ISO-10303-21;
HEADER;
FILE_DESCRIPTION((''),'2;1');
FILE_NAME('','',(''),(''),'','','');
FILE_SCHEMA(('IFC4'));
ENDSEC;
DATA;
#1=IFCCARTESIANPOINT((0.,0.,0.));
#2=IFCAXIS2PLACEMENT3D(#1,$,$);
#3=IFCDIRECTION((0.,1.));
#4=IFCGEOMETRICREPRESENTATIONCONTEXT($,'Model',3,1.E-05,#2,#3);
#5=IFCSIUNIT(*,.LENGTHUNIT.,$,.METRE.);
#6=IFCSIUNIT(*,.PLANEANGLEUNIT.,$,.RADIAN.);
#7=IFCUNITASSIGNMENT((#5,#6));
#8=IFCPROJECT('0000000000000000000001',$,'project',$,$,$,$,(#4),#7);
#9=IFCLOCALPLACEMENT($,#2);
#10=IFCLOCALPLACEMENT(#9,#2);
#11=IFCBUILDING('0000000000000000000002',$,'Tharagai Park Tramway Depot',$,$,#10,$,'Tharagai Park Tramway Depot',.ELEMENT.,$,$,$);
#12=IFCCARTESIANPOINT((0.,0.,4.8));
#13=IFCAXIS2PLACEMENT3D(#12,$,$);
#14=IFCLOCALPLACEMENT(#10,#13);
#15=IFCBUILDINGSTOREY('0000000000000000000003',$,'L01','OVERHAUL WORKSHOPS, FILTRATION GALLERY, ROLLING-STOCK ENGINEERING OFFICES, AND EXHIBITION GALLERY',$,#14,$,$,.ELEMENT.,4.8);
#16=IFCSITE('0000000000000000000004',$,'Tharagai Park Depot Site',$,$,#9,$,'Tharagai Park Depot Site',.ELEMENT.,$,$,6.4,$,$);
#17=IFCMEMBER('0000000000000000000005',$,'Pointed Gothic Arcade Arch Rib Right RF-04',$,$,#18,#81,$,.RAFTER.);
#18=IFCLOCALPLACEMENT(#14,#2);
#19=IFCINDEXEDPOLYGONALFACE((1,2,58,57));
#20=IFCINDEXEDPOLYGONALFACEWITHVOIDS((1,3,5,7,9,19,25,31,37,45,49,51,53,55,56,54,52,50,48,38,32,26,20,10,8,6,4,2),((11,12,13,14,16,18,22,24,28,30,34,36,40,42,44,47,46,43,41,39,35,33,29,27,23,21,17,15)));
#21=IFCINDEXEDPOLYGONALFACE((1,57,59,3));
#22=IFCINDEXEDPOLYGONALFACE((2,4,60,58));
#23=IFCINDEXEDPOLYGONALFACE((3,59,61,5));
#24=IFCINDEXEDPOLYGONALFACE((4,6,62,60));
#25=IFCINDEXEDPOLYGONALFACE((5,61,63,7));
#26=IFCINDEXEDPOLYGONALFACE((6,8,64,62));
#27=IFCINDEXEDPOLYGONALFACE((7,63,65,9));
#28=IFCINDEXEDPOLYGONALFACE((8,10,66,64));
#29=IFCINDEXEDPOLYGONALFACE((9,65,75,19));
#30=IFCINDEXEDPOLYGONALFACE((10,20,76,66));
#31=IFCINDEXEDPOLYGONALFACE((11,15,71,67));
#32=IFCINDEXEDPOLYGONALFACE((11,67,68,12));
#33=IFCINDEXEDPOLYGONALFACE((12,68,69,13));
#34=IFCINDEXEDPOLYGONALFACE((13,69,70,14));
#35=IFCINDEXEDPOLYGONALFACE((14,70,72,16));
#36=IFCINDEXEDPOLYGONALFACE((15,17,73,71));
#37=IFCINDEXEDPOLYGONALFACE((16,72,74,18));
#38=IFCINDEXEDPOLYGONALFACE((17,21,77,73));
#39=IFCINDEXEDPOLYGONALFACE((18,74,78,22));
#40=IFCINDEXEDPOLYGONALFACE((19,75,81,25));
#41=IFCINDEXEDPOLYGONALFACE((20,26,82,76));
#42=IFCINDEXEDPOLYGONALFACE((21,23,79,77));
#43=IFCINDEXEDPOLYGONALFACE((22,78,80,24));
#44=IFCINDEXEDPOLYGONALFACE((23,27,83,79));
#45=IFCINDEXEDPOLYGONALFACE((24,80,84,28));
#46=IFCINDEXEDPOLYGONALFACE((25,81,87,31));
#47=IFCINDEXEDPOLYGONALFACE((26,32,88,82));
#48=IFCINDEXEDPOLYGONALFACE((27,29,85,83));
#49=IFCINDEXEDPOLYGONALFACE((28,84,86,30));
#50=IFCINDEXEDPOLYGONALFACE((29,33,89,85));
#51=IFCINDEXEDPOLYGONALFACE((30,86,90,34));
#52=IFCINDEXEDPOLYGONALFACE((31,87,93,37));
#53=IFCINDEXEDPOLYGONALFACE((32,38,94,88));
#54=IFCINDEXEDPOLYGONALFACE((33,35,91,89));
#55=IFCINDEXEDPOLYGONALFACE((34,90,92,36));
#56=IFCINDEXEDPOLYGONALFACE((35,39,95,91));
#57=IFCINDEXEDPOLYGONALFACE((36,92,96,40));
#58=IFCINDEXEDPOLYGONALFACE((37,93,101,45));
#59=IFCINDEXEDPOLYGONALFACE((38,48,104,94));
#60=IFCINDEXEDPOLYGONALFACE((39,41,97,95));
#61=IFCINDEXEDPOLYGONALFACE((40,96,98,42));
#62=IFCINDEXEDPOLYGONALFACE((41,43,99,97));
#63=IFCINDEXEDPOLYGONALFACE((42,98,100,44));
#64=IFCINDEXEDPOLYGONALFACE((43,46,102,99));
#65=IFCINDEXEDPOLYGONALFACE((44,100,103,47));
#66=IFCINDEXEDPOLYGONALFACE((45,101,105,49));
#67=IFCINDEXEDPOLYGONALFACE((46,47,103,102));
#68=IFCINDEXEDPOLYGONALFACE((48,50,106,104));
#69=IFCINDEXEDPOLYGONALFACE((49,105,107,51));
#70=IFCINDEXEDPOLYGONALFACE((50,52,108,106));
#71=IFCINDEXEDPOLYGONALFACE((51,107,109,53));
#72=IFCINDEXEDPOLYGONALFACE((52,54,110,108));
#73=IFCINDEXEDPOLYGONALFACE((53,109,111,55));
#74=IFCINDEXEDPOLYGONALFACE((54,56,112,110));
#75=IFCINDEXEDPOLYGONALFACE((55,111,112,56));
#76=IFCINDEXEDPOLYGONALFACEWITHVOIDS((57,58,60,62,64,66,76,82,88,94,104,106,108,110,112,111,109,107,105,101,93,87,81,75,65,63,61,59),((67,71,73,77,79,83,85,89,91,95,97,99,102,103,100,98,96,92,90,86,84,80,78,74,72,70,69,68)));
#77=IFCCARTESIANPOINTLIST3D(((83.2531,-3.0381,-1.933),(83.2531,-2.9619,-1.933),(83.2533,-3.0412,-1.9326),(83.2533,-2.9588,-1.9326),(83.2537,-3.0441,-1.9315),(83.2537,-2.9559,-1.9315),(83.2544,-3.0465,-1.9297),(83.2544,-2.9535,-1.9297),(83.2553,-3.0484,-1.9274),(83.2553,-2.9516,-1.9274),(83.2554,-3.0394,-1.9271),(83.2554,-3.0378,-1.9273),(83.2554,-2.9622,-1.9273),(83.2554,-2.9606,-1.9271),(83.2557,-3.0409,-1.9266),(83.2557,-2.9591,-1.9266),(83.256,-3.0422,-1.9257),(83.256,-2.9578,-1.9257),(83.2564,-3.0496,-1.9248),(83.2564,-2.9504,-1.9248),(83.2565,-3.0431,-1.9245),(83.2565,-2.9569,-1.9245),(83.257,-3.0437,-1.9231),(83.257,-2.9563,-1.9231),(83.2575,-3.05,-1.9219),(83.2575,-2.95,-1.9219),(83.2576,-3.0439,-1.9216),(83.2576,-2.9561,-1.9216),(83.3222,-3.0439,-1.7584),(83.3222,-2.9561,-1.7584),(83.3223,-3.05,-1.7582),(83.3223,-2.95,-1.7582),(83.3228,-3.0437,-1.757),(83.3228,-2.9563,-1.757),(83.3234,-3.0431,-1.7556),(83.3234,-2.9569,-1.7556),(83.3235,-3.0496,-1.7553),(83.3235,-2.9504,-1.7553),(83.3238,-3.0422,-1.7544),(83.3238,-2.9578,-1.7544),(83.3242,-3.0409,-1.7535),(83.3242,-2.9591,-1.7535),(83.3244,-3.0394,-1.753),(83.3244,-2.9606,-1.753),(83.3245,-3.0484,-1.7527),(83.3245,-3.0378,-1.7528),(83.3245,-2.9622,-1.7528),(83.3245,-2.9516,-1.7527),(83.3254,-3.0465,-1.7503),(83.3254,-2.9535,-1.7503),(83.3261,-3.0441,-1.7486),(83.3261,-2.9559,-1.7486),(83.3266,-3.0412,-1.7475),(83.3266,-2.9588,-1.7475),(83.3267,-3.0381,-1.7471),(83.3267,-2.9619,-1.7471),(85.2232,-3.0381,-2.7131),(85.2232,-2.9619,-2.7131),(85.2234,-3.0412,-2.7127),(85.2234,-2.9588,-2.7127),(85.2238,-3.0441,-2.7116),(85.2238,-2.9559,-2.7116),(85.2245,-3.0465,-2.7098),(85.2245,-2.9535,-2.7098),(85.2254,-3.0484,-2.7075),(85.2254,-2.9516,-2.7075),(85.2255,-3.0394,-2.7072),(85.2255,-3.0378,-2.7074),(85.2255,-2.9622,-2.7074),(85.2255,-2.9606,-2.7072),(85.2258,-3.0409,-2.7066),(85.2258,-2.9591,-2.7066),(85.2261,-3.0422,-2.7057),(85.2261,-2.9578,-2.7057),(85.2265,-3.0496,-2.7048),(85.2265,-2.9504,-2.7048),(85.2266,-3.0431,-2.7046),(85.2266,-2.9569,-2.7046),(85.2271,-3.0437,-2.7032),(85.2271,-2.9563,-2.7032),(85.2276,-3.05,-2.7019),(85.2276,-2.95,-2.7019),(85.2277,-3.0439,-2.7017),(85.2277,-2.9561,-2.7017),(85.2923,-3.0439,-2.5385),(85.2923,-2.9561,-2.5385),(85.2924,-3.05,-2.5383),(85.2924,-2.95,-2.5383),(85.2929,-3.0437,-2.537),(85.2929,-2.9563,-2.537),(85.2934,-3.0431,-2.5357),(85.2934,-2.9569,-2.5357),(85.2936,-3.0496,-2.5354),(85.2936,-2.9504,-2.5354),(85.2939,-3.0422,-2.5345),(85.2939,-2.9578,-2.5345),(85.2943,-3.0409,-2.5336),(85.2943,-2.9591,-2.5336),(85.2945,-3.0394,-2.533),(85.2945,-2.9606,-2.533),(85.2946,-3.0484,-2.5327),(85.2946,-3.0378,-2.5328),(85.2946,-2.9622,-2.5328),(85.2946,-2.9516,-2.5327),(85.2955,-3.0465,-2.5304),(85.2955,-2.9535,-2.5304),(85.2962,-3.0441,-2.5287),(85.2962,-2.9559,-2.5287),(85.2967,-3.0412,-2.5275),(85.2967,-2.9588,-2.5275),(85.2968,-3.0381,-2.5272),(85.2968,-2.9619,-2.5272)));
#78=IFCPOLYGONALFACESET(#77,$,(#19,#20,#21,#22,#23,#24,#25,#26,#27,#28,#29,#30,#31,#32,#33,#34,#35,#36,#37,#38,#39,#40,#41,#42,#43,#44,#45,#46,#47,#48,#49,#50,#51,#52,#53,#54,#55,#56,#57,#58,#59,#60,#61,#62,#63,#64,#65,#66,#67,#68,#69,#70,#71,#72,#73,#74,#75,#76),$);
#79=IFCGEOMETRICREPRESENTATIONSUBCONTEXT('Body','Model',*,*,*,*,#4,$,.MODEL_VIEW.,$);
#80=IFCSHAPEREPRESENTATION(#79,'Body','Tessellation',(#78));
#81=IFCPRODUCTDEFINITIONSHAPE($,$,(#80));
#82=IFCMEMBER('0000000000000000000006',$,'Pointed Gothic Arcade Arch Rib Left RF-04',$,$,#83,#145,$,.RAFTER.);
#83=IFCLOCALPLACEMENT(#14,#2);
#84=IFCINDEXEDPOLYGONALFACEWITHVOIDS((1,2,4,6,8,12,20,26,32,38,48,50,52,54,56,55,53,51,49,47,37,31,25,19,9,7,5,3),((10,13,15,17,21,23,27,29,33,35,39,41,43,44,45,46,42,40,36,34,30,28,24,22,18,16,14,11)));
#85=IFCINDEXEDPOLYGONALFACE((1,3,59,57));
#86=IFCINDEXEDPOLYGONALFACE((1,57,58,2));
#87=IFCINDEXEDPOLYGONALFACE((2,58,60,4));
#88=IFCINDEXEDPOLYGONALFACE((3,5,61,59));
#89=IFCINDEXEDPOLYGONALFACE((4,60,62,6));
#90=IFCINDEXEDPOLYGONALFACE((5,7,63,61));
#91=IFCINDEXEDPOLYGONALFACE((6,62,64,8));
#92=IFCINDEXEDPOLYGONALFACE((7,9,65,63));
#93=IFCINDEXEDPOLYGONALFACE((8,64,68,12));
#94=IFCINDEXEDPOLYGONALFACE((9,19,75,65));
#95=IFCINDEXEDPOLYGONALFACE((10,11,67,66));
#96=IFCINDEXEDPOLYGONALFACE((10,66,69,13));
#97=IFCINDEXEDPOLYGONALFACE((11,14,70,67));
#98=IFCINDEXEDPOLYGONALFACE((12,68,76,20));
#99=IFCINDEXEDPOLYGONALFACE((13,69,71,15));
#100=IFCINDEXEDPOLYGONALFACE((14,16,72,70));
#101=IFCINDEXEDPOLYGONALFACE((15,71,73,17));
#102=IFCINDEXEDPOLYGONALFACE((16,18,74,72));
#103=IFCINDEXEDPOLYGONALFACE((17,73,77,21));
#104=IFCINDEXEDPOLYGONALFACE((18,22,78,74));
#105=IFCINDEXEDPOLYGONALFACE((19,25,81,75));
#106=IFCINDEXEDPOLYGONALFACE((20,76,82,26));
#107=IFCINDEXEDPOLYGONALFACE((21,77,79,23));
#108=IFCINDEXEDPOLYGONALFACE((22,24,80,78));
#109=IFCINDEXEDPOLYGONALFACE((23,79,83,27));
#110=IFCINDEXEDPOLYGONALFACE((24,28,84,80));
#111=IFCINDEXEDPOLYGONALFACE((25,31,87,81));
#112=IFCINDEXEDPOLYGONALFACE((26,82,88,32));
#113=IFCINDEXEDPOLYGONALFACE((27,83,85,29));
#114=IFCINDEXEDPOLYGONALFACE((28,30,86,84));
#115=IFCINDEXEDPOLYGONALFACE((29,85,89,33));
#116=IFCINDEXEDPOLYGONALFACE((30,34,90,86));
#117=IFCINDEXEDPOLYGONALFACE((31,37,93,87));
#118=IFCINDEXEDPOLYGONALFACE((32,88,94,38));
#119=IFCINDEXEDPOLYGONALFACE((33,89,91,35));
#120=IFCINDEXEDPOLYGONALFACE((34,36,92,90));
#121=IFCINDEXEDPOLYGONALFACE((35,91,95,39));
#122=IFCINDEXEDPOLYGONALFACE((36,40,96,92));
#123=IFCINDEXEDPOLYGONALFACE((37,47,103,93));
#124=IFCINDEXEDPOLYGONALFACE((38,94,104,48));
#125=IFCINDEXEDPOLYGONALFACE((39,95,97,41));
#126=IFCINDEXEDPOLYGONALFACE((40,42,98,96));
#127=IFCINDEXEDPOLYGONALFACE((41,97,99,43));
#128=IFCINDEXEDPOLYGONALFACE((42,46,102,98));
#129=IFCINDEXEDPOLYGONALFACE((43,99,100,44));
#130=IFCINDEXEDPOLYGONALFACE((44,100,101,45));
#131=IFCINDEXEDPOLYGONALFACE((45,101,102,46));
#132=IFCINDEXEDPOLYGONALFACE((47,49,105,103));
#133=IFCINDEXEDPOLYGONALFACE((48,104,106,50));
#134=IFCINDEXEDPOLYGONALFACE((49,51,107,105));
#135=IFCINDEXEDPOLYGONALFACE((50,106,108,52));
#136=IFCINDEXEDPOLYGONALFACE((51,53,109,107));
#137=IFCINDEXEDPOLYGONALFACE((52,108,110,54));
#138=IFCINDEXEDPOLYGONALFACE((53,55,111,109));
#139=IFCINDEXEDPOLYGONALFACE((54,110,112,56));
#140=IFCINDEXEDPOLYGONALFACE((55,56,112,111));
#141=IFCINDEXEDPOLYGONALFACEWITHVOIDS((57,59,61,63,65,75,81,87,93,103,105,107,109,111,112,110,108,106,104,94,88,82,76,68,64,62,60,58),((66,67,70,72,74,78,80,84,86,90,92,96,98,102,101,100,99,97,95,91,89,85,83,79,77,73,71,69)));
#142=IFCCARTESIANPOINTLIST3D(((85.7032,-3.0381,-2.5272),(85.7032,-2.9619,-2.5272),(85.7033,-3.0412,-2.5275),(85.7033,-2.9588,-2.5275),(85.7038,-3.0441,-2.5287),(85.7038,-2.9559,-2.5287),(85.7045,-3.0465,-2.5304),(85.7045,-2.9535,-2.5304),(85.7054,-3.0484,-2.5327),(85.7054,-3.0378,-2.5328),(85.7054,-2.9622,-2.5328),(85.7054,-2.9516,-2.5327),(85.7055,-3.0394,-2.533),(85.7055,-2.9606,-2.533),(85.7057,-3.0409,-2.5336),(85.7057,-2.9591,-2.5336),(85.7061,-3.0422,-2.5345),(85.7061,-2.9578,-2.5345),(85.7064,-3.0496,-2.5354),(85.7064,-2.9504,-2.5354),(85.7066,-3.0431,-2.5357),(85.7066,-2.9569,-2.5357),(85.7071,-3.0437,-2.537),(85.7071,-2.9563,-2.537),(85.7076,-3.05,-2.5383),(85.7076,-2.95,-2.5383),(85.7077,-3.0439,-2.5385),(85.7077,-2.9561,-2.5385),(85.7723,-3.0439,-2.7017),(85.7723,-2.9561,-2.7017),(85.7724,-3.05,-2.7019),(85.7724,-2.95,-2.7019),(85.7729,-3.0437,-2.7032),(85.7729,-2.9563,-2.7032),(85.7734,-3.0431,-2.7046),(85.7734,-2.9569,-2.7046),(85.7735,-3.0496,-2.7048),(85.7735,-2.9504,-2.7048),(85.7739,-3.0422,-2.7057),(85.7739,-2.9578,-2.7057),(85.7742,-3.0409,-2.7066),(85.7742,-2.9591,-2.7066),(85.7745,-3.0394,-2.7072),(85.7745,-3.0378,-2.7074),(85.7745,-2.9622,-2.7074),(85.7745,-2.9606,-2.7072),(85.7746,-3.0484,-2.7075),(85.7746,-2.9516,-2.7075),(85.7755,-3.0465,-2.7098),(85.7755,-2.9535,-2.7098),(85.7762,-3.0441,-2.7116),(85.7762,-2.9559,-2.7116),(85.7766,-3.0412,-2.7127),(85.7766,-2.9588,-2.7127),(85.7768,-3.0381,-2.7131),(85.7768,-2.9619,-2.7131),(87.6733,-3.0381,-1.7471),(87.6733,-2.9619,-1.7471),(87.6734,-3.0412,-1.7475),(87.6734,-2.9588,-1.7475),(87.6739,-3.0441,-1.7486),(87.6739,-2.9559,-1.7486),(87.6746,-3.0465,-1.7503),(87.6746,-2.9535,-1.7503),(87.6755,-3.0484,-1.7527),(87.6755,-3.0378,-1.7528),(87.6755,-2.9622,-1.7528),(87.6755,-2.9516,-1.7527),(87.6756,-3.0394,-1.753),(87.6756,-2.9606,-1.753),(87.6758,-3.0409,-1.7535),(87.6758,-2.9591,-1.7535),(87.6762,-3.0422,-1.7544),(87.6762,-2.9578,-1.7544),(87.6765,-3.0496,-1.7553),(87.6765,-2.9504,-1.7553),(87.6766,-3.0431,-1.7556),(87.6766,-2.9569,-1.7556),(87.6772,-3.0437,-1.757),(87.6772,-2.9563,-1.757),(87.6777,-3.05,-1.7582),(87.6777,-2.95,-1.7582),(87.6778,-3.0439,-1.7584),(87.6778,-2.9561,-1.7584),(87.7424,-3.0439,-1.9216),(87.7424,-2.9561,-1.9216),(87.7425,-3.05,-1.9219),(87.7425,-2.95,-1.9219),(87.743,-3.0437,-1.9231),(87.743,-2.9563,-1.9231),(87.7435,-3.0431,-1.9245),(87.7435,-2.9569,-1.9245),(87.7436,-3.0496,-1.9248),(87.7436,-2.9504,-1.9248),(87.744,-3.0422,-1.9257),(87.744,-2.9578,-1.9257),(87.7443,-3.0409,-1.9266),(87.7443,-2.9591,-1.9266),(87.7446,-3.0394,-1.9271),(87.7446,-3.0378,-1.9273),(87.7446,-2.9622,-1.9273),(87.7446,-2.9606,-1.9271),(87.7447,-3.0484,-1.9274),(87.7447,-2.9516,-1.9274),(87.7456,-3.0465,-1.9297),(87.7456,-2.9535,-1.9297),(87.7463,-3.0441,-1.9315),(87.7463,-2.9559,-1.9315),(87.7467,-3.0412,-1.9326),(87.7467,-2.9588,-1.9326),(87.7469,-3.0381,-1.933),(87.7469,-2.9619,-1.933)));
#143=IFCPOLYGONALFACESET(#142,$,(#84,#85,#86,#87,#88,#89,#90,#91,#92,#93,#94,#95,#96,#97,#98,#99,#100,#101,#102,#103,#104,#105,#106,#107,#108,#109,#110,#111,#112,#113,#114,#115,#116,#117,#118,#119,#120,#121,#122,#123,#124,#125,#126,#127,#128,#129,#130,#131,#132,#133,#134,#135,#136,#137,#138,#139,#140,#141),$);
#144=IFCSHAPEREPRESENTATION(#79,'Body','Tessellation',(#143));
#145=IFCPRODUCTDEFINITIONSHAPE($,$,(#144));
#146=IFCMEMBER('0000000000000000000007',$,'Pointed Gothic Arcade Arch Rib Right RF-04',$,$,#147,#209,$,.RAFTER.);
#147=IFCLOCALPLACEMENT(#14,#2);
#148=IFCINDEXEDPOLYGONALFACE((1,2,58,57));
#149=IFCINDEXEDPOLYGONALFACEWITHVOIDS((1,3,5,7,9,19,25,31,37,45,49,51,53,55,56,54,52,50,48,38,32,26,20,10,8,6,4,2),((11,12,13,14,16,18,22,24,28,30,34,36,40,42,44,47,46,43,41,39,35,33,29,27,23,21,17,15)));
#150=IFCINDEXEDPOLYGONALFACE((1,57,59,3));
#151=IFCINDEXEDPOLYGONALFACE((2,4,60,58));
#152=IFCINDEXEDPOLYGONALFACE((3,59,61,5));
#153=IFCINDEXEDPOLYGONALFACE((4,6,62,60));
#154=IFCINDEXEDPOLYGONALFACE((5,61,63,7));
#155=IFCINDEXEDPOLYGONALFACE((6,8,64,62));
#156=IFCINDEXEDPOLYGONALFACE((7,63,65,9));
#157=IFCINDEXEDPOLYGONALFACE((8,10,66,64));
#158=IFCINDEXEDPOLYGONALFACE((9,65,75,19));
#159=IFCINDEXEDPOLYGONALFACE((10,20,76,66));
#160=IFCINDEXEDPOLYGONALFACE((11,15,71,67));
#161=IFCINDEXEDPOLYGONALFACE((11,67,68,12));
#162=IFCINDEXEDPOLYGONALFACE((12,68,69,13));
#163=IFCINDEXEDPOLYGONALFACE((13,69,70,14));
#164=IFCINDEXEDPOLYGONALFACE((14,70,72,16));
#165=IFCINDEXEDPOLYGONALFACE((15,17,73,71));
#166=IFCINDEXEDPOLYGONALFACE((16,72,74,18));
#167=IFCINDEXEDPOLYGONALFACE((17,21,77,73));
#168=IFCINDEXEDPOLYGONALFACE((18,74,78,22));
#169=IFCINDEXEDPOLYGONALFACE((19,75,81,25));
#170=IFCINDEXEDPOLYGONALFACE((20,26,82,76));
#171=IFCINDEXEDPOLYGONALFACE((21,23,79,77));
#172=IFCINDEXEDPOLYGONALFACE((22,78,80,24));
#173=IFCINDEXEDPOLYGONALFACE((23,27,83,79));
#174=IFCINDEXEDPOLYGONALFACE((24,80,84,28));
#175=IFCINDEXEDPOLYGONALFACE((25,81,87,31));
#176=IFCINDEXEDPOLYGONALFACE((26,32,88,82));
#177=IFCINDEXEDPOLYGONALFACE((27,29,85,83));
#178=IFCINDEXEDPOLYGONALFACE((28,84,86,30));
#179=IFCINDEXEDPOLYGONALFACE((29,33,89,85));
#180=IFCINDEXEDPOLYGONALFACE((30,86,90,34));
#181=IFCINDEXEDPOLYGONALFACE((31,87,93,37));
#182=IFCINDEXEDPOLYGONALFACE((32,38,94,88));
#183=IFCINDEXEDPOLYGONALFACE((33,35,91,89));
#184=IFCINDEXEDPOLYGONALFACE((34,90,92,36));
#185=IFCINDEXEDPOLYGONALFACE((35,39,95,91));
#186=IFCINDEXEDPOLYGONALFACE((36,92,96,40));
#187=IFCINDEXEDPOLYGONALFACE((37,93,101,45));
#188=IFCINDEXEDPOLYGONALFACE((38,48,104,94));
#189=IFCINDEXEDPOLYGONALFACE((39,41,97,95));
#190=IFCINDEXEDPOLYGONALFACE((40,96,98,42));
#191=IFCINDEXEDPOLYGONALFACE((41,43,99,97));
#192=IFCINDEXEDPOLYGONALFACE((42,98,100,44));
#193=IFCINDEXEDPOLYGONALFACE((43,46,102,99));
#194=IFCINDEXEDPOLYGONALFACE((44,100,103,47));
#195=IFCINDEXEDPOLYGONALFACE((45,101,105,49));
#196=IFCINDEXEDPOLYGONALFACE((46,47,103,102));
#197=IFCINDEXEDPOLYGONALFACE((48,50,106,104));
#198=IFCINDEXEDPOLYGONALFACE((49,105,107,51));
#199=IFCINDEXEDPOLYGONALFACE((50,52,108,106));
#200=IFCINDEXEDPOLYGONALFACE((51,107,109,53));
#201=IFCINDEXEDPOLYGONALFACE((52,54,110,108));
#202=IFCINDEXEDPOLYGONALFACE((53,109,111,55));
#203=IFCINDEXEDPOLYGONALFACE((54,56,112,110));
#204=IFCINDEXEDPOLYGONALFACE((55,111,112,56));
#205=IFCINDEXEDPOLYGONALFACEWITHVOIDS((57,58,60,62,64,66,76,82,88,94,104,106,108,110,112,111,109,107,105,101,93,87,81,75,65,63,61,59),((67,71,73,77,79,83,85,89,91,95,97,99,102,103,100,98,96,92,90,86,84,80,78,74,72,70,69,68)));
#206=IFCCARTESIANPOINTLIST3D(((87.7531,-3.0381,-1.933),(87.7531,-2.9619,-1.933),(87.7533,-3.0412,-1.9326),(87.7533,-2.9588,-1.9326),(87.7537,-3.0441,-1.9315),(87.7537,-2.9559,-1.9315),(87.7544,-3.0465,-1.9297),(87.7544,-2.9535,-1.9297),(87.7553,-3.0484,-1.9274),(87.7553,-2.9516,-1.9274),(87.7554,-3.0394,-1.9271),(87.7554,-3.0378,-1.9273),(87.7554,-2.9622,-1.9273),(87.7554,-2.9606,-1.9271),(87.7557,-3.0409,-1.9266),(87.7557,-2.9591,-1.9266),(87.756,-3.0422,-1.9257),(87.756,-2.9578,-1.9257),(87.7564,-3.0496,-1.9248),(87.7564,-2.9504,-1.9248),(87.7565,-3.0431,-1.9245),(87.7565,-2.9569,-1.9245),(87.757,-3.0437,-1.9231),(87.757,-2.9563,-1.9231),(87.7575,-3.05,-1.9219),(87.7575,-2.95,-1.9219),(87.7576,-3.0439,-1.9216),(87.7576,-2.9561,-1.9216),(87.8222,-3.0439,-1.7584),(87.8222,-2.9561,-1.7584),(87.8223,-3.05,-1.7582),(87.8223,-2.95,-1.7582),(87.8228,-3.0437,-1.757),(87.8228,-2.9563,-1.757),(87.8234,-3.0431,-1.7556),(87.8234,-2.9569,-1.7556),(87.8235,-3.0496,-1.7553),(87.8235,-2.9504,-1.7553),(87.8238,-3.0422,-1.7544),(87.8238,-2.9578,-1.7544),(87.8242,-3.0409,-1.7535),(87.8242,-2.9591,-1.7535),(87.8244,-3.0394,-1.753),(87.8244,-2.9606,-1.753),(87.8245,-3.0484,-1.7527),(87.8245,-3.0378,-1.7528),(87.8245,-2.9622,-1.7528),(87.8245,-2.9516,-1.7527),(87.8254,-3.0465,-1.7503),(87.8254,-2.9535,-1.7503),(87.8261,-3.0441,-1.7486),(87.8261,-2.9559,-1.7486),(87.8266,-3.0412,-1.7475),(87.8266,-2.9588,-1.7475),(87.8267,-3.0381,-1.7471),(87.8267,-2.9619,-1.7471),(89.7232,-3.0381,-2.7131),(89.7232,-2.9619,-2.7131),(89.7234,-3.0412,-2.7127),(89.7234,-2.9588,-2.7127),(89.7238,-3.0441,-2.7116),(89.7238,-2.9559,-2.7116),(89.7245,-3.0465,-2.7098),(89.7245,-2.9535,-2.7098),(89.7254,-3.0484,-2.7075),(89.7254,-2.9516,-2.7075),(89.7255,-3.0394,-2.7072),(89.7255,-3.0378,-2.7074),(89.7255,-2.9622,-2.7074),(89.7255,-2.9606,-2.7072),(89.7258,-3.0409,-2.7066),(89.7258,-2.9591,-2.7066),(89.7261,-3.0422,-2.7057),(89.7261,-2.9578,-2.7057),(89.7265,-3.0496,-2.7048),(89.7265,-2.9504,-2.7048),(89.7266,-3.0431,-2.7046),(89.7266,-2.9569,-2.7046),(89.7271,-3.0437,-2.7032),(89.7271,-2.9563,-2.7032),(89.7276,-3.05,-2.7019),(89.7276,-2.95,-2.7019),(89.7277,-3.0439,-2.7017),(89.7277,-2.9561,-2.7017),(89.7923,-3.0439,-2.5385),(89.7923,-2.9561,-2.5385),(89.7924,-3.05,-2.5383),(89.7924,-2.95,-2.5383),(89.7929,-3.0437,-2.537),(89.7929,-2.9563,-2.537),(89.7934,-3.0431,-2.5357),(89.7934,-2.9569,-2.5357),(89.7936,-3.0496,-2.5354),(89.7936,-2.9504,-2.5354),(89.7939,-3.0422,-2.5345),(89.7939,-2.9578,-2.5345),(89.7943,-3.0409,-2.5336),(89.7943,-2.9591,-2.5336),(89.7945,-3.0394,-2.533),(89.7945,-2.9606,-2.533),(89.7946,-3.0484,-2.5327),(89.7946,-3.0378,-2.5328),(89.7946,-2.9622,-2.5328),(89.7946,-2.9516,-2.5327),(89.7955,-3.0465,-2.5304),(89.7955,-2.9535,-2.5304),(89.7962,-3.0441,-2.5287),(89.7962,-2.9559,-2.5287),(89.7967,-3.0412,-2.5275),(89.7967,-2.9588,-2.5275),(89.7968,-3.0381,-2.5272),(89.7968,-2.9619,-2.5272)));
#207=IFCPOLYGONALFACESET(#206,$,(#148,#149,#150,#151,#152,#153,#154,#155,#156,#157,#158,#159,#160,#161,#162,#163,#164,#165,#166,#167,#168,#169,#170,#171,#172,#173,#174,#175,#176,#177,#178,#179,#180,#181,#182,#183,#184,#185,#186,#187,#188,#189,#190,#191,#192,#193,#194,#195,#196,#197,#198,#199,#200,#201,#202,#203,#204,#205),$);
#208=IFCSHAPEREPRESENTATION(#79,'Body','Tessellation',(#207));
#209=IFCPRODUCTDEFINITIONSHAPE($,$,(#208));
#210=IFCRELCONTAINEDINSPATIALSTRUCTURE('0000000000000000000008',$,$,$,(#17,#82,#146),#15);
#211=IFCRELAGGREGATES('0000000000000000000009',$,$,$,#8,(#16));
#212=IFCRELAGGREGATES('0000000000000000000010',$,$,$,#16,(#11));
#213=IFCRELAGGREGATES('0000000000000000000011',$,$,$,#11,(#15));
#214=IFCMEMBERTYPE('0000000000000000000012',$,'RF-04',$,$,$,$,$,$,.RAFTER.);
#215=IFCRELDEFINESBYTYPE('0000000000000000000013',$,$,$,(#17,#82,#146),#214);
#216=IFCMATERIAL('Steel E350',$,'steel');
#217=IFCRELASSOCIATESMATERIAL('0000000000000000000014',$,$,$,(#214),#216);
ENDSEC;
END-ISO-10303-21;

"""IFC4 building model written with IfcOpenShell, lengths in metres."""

from ifc_helpers import new_model, si_unit, direction, frame, origin, origin_2d, place, context, subcontext, project, spatial, hollow_rectangle, extrude, material, material_profile, profile_set, type_object, element, save


model = new_model("IFC4")

# Units and contexts
model_context = context("Model", 3, precision=1e-05, world=origin(), true_north=direction((0.0, 1.0)))
body_context = subcontext(model_context, "Body", "Model", "MODEL_VIEW")
ifc_project = project(units=[si_unit("LENGTHUNIT", "METRE"), si_unit("PLANEANGLEUNIT", "RADIAN")], contexts=[model_context])

# Site, building, storey
site_placement = place(None, origin())
site = spatial("IfcSite", under=ifc_project, at=site_placement, Name="Tharagai Park Depot Site", LongName="Tharagai Park Depot Site", CompositionType="ELEMENT", RefElevation=6.4)
building_placement = place(site_placement, origin())
building = spatial("IfcBuilding", under=site, at=building_placement, Name="Tharagai Park Tramway Depot", LongName="Tharagai Park Tramway Depot", CompositionType="ELEMENT")
storey_placement = place(building_placement, frame((0.0, 0.0, 4.8)))
storey = spatial("IfcBuildingStorey", under=building, at=storey_placement, Name="L01", Description="OVERHAUL WORKSHOPS, FILTRATION GALLERY, ROLLING-STOCK ENGINEERING OFFICES, AND EXHIBITION GALLERY", CompositionType="ELEMENT", Elevation=4.8)

# Members
ifc_material_1 = material(Name="Steel E350", Category="steel")
ifc_material_profile_1 = material_profile(ifc_material_1, hollow_rectangle(XDim=0.1001, YDim=0.2, WallThickness=0.0061, InnerFilletRadius=0.0061, OuterFilletRadius=0.012, at=origin_2d()), Name="RHS 200x100x6")
ifc_profile_set_1 = profile_set([ifc_material_profile_1], Name="Steel E350")
member_type_1 = type_object("IfcMemberType", Name="RF-04", PredefinedType="RAFTER", material=ifc_profile_set_1)
for number, where, z_axis, x_axis, name in (
    (1, (85.26, -3.0, -2.6201), (-0.929766, 0.0, 0.36815), (0.0, -1.0, 0.0), "Pointed Gothic Arcade Arch Rib Right RF-04"),
    (2, (85.74, -3.0, -2.6201), (0.929766, 0.0, 0.36815), (0.0, 1.0, 0.0), "Pointed Gothic Arcade Arch Rib Left RF-04"),
    (3, (89.76, -3.0, -2.6201), (-0.929766, 0.0, 0.36815), (0.0, -1.0, 0.0), "Pointed Gothic Arcade Arch Rib Right RF-04"),
):
    element("IfcMember", number, at=place(storey_placement, frame(where, z_axis=z_axis, x_axis=x_axis)), inside=storey, type_object=member_type_1, Name=name, PredefinedType="RAFTER", context=body_context, shape_type="SweptSolid", body=[
        extrude(hollow_rectangle(XDim=0.1001, YDim=0.2, WallThickness=0.0061, InnerFilletRadius=0.0061, OuterFilletRadius=0.012, at=origin_2d()), origin(), (0.0, 0.0, 1.0), 2.1189),
    ])

save(model, "model.ifc")
